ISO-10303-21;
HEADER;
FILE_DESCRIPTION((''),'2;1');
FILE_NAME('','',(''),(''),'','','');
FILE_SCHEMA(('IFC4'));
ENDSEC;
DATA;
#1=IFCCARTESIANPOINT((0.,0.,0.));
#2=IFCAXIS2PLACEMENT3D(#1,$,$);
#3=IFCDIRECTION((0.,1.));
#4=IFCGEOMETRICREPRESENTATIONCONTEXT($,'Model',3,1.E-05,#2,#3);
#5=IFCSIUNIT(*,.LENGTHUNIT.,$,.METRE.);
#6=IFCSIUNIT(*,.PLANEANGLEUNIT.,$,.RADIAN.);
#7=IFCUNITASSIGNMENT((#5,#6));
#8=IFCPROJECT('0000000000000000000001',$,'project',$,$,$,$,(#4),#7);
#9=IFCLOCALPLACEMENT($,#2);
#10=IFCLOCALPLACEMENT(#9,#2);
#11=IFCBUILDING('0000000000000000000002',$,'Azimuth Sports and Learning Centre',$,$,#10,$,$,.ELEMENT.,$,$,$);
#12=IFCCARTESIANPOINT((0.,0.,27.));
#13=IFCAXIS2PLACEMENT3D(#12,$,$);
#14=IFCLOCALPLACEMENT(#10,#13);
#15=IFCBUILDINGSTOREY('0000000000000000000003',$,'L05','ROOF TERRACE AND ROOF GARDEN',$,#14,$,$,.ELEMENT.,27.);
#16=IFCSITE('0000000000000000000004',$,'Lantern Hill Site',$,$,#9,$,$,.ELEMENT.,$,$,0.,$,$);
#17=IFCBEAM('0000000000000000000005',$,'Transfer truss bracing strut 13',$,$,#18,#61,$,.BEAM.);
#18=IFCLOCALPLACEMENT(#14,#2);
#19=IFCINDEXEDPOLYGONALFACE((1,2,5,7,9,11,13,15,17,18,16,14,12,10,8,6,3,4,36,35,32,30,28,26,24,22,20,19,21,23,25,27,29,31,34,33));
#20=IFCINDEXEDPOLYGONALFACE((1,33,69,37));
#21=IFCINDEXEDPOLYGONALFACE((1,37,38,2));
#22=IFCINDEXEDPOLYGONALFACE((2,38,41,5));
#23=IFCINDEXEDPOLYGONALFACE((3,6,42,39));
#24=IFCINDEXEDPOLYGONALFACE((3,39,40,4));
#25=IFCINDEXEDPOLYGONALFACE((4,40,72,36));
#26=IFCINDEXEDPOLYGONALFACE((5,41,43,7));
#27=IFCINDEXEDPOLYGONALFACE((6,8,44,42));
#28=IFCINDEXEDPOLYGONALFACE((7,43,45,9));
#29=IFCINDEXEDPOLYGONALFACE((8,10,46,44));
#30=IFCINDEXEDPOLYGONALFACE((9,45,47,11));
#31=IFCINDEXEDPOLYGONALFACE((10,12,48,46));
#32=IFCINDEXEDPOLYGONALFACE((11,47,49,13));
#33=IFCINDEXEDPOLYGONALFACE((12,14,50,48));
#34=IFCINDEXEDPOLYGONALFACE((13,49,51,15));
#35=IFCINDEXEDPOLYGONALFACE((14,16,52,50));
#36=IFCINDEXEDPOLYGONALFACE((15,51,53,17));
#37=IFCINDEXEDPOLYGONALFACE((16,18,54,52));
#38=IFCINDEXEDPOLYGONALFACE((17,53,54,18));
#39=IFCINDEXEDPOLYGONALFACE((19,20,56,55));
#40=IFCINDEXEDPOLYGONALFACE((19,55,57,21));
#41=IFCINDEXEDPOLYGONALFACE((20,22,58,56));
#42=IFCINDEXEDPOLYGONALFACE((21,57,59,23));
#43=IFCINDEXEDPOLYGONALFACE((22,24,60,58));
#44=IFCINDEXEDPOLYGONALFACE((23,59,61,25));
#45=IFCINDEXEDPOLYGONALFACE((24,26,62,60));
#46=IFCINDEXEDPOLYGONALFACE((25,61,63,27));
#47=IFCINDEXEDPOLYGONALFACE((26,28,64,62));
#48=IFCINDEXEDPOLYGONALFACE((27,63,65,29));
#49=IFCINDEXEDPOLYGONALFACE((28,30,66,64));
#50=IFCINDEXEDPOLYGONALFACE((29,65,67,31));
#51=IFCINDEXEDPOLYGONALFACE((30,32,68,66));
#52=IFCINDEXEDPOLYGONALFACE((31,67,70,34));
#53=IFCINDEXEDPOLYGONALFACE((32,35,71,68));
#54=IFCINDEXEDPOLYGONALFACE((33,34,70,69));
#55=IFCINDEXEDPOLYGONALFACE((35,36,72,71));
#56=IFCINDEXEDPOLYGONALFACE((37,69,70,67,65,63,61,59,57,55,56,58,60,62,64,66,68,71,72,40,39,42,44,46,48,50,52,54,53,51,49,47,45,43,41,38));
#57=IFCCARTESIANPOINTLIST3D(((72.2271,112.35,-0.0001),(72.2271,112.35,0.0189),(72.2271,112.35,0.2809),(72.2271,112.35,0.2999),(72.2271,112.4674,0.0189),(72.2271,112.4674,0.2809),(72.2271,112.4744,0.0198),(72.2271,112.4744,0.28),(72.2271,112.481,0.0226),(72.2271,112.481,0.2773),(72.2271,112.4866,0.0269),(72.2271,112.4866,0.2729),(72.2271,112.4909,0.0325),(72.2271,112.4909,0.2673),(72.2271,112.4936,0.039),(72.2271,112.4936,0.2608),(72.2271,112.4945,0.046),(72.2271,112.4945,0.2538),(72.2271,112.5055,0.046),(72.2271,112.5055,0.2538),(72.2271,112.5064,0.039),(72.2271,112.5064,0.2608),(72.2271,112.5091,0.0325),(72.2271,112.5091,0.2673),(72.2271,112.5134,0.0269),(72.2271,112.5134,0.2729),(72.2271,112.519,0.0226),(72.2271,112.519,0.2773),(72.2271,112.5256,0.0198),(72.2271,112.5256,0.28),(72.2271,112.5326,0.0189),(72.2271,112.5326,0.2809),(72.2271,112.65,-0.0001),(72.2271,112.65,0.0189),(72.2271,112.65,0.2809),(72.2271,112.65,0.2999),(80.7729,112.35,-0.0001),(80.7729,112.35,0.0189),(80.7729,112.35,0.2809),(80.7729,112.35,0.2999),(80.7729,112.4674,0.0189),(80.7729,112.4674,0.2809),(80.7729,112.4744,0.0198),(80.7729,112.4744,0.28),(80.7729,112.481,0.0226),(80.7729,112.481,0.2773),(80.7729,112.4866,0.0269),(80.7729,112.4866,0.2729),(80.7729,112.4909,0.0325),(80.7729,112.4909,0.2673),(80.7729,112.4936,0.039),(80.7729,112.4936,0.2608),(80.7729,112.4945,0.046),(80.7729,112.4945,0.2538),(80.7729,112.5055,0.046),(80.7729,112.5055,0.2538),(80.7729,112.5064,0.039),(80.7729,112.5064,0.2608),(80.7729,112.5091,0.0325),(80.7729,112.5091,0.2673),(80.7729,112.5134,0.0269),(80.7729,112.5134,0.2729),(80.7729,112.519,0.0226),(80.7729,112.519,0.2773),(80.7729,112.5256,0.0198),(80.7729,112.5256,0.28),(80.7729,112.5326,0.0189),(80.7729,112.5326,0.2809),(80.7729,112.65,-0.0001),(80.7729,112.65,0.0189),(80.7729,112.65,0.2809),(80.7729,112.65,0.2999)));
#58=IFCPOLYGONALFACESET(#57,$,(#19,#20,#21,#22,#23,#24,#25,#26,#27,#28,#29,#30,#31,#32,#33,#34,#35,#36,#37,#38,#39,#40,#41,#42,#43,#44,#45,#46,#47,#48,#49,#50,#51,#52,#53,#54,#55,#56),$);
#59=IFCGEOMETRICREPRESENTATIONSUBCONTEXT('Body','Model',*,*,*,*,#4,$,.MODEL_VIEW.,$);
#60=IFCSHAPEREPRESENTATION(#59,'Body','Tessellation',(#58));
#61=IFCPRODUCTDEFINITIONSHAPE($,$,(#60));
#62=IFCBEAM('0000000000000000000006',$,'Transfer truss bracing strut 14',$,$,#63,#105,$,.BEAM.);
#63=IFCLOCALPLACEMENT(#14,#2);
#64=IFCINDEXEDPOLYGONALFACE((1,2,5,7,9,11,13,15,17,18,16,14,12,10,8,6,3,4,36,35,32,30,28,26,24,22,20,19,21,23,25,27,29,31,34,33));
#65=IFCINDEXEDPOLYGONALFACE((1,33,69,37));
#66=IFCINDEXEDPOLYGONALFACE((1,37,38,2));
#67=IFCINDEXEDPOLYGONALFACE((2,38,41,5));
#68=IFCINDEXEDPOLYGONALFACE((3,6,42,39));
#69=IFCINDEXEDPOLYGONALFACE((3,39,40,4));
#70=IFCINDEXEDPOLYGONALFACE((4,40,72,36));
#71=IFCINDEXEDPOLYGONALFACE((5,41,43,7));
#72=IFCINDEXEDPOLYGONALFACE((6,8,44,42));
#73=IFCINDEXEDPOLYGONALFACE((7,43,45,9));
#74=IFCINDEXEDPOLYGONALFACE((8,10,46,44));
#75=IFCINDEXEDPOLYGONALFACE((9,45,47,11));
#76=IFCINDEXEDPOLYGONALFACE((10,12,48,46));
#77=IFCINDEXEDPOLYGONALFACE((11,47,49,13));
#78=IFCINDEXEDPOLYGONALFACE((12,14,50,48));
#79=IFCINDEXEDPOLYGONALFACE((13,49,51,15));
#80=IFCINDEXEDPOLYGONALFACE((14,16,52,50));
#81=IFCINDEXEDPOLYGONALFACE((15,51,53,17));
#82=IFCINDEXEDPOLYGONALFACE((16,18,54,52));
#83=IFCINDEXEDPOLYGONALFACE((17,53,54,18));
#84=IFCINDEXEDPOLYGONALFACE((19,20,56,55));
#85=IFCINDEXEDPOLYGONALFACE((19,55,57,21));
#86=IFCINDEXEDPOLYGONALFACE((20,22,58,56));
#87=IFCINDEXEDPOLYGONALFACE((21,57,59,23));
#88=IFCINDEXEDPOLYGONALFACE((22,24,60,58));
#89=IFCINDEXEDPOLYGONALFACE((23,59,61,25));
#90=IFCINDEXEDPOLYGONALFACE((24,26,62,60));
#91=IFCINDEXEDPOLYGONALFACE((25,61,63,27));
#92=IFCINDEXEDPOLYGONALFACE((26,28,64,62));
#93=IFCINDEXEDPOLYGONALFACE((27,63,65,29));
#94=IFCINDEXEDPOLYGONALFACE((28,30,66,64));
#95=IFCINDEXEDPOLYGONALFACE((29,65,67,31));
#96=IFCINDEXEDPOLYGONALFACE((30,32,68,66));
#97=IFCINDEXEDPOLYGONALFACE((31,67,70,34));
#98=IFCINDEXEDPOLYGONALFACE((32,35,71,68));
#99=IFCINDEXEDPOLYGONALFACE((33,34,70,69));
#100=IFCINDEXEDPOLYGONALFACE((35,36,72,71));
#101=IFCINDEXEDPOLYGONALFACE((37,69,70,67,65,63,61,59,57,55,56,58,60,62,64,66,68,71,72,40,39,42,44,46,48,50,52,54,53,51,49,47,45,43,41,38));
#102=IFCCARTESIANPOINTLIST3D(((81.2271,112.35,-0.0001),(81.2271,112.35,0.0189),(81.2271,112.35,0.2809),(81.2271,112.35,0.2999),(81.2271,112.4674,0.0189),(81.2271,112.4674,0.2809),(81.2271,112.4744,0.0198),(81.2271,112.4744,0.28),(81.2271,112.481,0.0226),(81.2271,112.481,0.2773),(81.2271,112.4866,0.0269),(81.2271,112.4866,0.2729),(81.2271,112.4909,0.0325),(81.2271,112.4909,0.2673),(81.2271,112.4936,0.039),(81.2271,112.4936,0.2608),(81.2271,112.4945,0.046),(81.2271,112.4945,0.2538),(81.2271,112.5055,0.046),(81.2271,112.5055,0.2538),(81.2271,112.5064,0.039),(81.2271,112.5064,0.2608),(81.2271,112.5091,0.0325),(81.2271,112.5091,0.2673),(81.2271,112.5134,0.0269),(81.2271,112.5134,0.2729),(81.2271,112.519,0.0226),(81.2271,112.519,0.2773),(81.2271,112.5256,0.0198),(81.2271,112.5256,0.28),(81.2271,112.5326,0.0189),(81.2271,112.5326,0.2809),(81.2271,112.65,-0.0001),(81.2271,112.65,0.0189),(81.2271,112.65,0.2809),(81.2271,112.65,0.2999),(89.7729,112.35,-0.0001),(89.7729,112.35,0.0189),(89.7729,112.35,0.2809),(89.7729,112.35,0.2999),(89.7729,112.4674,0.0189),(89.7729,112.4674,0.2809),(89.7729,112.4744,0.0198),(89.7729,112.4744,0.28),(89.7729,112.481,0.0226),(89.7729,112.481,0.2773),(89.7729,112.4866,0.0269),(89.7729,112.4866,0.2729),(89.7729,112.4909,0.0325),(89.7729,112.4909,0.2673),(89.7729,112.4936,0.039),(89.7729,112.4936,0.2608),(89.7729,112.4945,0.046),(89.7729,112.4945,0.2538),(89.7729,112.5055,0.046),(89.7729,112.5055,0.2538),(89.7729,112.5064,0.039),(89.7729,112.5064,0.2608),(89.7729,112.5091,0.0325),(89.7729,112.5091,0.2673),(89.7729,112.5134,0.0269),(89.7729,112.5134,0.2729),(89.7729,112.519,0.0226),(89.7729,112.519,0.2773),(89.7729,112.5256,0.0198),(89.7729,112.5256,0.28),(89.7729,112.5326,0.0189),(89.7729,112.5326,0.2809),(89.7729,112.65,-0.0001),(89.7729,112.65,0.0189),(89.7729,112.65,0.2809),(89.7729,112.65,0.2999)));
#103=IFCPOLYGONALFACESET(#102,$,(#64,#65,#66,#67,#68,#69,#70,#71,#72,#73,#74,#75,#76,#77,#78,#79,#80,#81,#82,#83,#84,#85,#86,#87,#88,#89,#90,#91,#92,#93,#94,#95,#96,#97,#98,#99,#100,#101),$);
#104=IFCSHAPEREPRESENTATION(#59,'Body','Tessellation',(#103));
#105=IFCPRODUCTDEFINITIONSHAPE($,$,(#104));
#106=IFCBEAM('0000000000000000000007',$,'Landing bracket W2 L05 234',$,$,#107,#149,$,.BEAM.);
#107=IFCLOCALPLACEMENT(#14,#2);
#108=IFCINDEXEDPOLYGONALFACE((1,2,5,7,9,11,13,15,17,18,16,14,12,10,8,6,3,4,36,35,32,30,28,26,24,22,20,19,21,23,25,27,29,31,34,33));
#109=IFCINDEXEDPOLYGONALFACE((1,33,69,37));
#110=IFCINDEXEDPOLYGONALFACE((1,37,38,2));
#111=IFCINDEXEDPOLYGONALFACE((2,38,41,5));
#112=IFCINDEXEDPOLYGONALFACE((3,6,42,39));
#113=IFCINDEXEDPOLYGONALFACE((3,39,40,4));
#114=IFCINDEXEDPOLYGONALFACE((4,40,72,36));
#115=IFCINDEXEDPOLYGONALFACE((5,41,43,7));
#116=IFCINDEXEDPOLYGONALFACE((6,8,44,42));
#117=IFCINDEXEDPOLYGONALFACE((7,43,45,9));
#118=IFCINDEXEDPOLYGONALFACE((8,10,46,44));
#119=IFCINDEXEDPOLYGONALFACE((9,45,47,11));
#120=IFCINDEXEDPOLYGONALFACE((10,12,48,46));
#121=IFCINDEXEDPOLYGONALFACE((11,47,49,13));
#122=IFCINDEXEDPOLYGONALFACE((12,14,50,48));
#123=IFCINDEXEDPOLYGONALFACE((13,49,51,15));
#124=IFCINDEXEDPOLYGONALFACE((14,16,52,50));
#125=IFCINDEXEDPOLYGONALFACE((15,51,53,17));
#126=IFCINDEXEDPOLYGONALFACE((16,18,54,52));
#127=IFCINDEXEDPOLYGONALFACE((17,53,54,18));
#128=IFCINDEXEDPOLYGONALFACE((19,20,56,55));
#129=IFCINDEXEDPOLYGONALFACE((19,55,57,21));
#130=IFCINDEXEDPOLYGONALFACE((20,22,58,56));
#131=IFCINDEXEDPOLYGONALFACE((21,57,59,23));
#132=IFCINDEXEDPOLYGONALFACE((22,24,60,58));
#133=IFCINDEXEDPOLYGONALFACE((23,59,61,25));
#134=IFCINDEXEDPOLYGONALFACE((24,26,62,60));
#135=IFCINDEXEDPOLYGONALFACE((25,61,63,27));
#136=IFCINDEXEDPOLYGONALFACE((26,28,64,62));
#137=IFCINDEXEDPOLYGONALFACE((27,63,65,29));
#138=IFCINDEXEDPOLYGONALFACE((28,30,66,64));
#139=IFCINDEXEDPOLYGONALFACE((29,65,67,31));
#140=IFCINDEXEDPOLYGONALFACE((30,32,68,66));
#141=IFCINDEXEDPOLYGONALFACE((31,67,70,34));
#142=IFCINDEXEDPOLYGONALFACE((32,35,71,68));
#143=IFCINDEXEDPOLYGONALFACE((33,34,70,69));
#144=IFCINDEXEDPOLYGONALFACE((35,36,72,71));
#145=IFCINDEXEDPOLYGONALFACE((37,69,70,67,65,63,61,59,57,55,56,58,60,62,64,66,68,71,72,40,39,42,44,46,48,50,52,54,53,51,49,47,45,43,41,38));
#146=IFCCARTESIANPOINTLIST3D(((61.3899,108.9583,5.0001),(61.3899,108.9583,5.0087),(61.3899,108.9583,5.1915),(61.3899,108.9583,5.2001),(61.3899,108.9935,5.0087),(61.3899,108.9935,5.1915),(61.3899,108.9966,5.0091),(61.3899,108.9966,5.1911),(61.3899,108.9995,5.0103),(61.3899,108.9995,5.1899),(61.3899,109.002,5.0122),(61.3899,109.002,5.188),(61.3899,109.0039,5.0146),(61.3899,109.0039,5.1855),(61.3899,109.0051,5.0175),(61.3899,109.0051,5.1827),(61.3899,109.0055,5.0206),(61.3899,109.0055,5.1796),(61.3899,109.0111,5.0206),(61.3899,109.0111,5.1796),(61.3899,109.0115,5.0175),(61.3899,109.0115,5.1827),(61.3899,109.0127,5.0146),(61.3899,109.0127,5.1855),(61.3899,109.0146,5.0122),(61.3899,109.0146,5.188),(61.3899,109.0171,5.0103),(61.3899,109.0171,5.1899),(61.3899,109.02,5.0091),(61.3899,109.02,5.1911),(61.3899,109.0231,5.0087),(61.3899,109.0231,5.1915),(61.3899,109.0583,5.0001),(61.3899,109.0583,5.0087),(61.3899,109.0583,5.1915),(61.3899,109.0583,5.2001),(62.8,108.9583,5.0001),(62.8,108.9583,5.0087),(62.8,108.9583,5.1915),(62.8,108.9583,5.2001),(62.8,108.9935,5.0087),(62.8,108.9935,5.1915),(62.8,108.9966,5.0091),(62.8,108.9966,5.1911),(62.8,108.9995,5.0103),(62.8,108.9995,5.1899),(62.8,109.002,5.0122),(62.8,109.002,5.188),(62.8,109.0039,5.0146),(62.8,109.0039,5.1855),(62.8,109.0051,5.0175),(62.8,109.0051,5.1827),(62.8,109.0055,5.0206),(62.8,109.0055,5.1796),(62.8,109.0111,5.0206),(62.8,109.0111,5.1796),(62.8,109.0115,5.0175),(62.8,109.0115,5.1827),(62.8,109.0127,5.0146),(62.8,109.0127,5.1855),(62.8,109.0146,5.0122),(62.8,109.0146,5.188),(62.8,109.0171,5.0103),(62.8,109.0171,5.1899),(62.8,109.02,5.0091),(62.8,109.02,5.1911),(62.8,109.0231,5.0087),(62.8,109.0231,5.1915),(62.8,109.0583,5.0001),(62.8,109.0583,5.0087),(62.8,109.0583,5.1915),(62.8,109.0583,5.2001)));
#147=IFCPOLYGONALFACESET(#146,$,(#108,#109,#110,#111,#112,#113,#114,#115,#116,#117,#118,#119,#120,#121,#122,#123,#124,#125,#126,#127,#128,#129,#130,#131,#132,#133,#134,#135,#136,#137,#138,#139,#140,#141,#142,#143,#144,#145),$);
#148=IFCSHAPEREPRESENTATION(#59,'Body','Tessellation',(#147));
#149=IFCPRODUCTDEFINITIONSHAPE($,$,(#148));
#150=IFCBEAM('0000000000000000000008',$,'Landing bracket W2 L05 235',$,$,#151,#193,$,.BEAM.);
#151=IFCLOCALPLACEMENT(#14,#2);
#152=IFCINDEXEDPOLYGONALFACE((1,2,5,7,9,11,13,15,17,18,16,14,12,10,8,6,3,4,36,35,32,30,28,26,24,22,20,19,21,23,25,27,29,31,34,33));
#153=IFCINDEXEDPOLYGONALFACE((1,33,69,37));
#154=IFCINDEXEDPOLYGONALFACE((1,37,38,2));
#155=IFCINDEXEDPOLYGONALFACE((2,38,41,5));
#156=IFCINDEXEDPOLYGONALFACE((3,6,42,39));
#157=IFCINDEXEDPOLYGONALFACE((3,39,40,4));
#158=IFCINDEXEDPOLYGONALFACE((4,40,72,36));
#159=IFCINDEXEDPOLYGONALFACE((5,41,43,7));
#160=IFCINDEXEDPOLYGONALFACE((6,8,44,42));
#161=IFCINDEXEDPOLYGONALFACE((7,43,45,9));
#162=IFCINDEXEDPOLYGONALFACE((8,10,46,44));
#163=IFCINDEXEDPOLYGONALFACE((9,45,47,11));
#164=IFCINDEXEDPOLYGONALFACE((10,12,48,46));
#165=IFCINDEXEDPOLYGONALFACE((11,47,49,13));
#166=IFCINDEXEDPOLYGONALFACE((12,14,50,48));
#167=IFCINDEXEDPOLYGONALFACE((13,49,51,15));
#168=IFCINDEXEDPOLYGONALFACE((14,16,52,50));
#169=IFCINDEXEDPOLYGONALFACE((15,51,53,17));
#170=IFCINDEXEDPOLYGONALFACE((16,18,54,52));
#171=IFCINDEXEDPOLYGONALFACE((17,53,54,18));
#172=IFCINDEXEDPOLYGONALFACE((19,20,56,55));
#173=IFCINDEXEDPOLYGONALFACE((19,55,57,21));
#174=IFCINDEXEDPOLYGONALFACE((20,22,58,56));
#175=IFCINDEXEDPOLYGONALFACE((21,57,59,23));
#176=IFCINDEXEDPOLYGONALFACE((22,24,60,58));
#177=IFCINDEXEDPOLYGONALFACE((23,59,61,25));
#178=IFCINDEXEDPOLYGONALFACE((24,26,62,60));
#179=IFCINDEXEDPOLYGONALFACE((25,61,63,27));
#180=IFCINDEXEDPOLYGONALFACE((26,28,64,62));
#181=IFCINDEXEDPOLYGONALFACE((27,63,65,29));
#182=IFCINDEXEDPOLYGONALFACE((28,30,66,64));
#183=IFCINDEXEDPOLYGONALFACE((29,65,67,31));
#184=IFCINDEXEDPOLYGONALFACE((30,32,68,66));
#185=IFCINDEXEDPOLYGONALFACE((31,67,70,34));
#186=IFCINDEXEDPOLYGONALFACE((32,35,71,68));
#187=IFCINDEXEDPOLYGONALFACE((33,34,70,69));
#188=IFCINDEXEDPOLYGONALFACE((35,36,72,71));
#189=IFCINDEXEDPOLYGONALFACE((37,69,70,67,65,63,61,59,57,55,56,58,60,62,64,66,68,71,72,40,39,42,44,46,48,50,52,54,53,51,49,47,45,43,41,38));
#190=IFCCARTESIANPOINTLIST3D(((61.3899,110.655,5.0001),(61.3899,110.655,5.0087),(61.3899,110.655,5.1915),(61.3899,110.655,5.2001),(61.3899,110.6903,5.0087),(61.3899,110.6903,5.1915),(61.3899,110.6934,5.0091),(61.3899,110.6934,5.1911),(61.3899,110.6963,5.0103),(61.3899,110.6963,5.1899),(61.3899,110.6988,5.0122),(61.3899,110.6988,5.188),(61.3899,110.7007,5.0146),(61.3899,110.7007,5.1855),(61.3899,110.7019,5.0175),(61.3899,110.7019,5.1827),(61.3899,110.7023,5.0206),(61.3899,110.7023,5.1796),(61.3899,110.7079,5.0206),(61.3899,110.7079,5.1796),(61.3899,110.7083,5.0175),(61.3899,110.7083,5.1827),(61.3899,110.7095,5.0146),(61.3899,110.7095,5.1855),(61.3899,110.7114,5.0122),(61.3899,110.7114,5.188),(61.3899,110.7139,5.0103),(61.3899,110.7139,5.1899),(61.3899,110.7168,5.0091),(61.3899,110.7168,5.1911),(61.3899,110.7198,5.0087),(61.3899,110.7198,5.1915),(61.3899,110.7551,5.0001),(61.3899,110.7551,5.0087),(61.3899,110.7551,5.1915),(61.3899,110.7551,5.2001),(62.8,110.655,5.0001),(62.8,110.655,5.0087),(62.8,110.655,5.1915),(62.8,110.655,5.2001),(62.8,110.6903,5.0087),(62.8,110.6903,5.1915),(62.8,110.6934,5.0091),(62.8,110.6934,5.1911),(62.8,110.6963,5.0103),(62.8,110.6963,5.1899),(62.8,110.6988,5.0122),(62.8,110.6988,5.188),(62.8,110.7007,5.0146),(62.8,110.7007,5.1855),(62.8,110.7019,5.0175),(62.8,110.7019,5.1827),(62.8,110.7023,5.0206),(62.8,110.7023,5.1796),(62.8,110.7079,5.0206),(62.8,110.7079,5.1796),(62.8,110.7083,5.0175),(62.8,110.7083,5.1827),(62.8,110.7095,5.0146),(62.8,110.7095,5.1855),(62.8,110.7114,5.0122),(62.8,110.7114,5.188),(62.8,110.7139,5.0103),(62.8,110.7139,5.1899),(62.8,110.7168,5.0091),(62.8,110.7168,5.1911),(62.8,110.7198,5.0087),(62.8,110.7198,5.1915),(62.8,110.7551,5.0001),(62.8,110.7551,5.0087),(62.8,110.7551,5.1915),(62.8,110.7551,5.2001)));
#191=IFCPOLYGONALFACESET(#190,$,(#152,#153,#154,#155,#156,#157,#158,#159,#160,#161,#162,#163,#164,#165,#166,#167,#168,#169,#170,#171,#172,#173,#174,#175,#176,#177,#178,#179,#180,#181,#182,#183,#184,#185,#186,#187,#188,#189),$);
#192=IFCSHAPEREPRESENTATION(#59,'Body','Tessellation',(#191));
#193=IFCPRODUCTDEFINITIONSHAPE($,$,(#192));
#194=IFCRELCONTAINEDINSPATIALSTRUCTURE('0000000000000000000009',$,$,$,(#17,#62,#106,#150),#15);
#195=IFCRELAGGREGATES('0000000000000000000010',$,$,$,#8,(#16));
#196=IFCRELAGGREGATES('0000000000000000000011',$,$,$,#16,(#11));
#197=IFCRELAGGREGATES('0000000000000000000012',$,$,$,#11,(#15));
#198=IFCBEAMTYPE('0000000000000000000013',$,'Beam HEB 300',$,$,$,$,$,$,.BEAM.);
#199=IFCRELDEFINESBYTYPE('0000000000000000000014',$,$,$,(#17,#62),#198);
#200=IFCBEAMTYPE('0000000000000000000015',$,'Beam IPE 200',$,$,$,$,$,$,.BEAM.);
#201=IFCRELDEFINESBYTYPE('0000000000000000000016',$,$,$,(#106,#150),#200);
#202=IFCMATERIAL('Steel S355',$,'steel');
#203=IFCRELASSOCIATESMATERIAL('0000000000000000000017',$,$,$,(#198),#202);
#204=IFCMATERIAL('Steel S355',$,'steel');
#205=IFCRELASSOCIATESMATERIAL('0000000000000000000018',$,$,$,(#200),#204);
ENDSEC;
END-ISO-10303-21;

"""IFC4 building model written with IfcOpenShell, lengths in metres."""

from ifc_helpers import new_model, si_unit, direction, frame, origin, origin_2d, place, context, subcontext, project, spatial, i_section, extrude, material, material_profile, profile_set, type_object, element, save


model = new_model("IFC4")

# Units and contexts
model_context = context("Model", 3, precision=1e-05, world=origin(), true_north=direction((0.0, 1.0)))
body_context = subcontext(model_context, "Body", "Model", "MODEL_VIEW")
ifc_project = project(units=[si_unit("LENGTHUNIT", "METRE"), si_unit("PLANEANGLEUNIT", "RADIAN")], contexts=[model_context])

# Site, building, storey
site_placement = place(None, origin())
site = spatial("IfcSite", under=ifc_project, at=site_placement, Name="Lantern Hill Site", CompositionType="ELEMENT", RefElevation=0.0)
building_placement = place(site_placement, origin())
building = spatial("IfcBuilding", under=site, at=building_placement, Name="Azimuth Sports and Learning Centre", CompositionType="ELEMENT")
storey_placement = place(building_placement, frame((0.0, 0.0, 27.0)))
storey = spatial("IfcBuildingStorey", under=building, at=storey_placement, Name="L05", Description="ROOF TERRACE AND ROOF GARDEN", CompositionType="ELEMENT", Elevation=27.0)

# Beams
ifc_material_1 = material(Name="Steel S355", Category="steel")
ifc_material_profile_1 = material_profile(ifc_material_1, i_section(OverallWidth=0.3, OverallDepth=0.3, WebThickness=0.011, FlangeThickness=0.019, FilletRadius=0.0271, at=origin_2d()), Name="HEB 300")
ifc_profile_set_1 = profile_set([ifc_material_profile_1], Name="Steel S355")
beam_type_1 = type_object("IfcBeamType", Name="Beam HEB 300", PredefinedType="BEAM", material=ifc_profile_set_1)
for number, where, z_axis, x_axis, name in (
    (1, (72.2271, 112.5, 0.1499), (1.0, 0.0, 0.0), (0.0, 1.0, 0.0), "Transfer truss bracing strut 13"),
    (2, (81.2271, 112.5, 0.1499), (1.0, 0.0, 0.0), (0.0, 1.0, 0.0), "Transfer truss bracing strut 14"),
):
    element("IfcBeam", number, at=place(storey_placement, frame(where, z_axis=z_axis, x_axis=x_axis)), inside=storey, type_object=beam_type_1, Name=name, PredefinedType="BEAM", context=body_context, shape_type="SweptSolid", body=[
        extrude(i_section(OverallWidth=0.3, OverallDepth=0.3, WebThickness=0.011, FlangeThickness=0.019, FilletRadius=0.0271, at=origin_2d()), origin(), (0.0, 0.0, 1.0), 8.5459),
    ])
ifc_material_2 = material(Name="Steel S355", Category="steel")
ifc_material_profile_2 = material_profile(ifc_material_2, i_section(OverallWidth=0.1001, OverallDepth=0.2, WebThickness=0.0056, FlangeThickness=0.0085, FilletRadius=0.012, at=origin_2d()), Name="IPE 200")
ifc_profile_set_2 = profile_set([ifc_material_profile_2], Name="Steel S355")
beam_type_2 = type_object("IfcBeamType", Name="Beam IPE 200", PredefinedType="BEAM", material=ifc_profile_set_2)
for number, where, z_axis, x_axis, name in (
    (3, (62.8, 109.0083, 5.1001), (-1.0, 0.0, 0.0), (0.0, -1.0, 0.0), "Landing bracket W2 L05 234"),
    (4, (62.8, 110.7051, 5.1001), (-1.0, 0.0, 0.0), (0.0, -1.0, 0.0), "Landing bracket W2 L05 235"),
):
    element("IfcBeam", number, at=place(storey_placement, frame(where, z_axis=z_axis, x_axis=x_axis)), inside=storey, type_object=beam_type_2, Name=name, PredefinedType="BEAM", context=body_context, shape_type="SweptSolid", body=[
        extrude(i_section(OverallWidth=0.1001, OverallDepth=0.2, WebThickness=0.0056, FlangeThickness=0.0085, FilletRadius=0.012, at=origin_2d()), origin(), (0.0, 0.0, 1.0), 1.4102),
    ])

save(model, "model.ifc")
